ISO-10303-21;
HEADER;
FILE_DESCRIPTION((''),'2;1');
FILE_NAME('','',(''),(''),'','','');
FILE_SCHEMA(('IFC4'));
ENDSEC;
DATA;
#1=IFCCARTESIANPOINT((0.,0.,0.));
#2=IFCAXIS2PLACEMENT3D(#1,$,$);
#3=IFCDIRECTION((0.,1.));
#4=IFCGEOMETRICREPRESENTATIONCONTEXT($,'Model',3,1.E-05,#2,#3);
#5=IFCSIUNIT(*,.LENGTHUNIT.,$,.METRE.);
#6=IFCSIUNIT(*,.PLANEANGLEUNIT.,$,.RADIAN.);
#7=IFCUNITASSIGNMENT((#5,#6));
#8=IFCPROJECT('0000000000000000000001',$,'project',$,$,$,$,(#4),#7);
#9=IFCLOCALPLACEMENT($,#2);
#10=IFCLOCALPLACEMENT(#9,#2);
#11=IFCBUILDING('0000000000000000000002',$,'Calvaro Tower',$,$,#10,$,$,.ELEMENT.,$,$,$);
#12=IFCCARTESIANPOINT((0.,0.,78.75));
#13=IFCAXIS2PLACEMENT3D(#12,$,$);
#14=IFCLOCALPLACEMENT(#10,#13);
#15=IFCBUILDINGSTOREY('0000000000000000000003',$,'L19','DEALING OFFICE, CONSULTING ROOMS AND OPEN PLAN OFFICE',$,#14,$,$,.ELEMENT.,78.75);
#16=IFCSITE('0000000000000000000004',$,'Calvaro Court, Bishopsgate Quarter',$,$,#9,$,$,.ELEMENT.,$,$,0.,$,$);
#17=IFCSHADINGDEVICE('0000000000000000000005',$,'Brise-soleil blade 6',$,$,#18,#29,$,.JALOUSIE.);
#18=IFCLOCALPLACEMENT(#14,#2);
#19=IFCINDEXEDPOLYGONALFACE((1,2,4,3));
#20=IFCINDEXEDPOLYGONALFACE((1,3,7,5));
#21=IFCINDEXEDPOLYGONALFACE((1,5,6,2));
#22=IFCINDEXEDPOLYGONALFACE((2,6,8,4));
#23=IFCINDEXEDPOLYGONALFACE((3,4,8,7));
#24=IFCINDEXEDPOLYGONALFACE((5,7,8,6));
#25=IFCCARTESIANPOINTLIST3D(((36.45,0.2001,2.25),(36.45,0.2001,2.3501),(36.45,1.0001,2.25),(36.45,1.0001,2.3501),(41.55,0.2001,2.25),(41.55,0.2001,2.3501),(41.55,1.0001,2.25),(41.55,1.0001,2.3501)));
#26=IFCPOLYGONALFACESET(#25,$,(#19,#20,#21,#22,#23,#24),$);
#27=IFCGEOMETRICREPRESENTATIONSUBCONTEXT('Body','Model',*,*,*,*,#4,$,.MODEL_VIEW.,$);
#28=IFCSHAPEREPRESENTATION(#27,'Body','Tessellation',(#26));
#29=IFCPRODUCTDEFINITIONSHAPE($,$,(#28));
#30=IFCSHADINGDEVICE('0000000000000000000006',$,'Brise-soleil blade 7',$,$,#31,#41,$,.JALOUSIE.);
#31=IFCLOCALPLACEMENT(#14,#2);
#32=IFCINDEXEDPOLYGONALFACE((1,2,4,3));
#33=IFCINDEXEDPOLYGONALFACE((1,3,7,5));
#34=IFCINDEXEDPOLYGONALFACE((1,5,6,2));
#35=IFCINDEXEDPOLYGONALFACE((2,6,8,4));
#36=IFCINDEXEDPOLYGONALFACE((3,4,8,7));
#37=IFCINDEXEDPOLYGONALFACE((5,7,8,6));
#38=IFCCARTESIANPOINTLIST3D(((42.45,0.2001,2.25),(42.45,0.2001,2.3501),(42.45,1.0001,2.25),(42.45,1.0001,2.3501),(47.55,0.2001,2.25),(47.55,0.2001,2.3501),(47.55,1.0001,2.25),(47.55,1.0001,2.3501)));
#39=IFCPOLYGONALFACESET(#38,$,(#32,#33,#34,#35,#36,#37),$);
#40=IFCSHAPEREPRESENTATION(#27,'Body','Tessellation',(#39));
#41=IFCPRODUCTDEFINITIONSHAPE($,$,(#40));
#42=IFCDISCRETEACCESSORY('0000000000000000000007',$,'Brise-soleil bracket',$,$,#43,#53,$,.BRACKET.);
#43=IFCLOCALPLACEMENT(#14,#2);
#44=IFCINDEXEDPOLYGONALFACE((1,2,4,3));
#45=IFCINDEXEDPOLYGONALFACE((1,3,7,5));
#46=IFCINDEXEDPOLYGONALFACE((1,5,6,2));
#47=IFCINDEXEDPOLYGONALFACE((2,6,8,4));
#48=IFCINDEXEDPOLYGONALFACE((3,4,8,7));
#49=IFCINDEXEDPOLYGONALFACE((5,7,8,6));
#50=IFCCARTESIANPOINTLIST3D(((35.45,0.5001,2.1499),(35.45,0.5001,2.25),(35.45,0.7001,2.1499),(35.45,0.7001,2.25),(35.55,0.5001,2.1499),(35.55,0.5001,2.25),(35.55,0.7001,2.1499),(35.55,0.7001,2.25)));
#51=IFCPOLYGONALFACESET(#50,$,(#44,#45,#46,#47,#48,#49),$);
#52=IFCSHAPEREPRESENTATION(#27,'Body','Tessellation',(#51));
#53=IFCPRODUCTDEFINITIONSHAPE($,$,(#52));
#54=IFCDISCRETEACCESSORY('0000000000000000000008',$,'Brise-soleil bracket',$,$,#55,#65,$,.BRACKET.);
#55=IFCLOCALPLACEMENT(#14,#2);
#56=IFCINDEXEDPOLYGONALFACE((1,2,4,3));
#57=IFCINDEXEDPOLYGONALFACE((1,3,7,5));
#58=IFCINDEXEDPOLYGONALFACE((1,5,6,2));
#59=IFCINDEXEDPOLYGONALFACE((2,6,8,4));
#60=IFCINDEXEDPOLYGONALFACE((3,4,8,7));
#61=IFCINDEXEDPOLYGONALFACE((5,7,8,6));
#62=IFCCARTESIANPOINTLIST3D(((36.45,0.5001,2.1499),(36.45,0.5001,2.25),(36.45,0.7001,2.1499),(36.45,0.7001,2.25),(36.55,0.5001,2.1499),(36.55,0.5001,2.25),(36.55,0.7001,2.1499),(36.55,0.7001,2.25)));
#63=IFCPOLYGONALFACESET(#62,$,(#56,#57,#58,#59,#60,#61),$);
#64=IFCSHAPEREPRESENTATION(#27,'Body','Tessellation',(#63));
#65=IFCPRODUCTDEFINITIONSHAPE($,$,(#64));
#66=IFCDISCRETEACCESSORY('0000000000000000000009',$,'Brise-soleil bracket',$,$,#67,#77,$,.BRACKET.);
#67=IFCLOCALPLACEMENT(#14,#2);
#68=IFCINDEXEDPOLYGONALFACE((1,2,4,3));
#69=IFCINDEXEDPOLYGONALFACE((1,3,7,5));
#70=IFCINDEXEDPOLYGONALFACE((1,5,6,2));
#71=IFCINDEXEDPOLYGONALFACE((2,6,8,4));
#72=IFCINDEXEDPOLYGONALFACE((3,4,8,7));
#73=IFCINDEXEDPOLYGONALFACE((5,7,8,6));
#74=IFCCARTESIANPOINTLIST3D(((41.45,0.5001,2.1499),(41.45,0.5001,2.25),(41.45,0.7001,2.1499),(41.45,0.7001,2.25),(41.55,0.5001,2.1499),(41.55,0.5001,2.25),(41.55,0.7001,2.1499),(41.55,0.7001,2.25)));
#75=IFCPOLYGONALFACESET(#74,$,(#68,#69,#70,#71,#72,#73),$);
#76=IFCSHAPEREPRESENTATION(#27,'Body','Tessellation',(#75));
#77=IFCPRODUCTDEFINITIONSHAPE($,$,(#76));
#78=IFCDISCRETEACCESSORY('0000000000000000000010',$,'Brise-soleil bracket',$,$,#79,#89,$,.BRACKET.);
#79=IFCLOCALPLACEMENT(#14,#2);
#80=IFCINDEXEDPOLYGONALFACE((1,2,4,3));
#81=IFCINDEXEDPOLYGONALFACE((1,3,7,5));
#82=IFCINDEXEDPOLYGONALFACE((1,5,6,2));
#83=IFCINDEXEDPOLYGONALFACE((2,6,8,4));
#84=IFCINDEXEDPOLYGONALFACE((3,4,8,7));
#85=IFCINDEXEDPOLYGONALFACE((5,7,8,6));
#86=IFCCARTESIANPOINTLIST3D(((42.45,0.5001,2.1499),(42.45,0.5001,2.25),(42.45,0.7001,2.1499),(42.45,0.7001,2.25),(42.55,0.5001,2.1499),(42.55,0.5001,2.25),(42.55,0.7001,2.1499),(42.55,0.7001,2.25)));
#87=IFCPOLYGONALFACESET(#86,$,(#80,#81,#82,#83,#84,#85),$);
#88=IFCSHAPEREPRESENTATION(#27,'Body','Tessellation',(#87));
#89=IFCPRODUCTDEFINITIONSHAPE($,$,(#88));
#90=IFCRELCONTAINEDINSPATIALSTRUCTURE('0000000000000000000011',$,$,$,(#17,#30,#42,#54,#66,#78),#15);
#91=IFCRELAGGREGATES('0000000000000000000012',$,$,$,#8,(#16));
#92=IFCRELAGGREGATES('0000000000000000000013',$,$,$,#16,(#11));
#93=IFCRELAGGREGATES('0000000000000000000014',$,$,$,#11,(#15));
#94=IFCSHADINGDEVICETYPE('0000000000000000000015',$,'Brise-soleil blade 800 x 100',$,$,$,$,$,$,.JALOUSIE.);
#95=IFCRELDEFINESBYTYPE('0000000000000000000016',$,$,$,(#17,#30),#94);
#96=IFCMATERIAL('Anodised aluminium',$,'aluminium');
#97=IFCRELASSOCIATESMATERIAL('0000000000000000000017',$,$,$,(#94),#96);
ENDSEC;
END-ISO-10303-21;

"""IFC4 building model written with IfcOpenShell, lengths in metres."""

from ifc_helpers import new_model, si_unit, direction, frame, origin, origin_2d, place, context, subcontext, project, spatial, rectangle, extrude, material, material_profile, profile_set, type_object, element, save


model = new_model("IFC4")

# Units and contexts
model_context = context("Model", 3, precision=1e-05, world=origin(), true_north=direction((0.0, 1.0)))
body_context = subcontext(model_context, "Body", "Model", "MODEL_VIEW")
ifc_project = project(units=[si_unit("LENGTHUNIT", "METRE"), si_unit("PLANEANGLEUNIT", "RADIAN")], contexts=[model_context])

# Site, building, storey
site_placement = place(None, origin())
site = spatial("IfcSite", under=ifc_project, at=site_placement, Name="Calvaro Court, Bishopsgate Quarter", CompositionType="ELEMENT", RefElevation=0.0)
building_placement = place(site_placement, origin())
building = spatial("IfcBuilding", under=site, at=building_placement, Name="Calvaro Tower", CompositionType="ELEMENT")
storey_placement = place(building_placement, frame((0.0, 0.0, 78.75)))
storey = spatial("IfcBuildingStorey", under=building, at=storey_placement, Name="L19", Description="DEALING OFFICE, CONSULTING ROOMS AND OPEN PLAN OFFICE", CompositionType="ELEMENT", Elevation=78.75)

# Shading devices
ifc_material_1 = material(Name="Anodised aluminium", Category="aluminium")
ifc_material_profile_1 = material_profile(ifc_material_1, rectangle(XDim=0.8, YDim=0.1001, at=origin_2d()), Name="Brise-soleil blade 800 x 100")
ifc_profile_set_1 = profile_set([ifc_material_profile_1], Name="Anodised aluminium")
shading_device_type = type_object("IfcShadingDeviceType", Name="Brise-soleil blade 800 x 100", PredefinedType="JALOUSIE", material=ifc_profile_set_1)
for number, where, z_axis, x_axis, name in (
    (1, (36.45, 0.6001, 2.3), (1.0, 0.0, 0.0), (0.0, 1.0, 0.0), "Brise-soleil blade 6"),
    (2, (42.45, 0.6001, 2.3), (1.0, 0.0, 0.0), (0.0, 1.0, 0.0), "Brise-soleil blade 7"),
):
    element("IfcShadingDevice", number, at=place(storey_placement, frame(where, z_axis=z_axis, x_axis=x_axis)), inside=storey, type_object=shading_device_type, Name=name, PredefinedType="JALOUSIE", context=body_context, shape_type="SweptSolid", body=[
        extrude(rectangle(XDim=0.8, YDim=0.1001, at=origin_2d()), origin(), (0.0, 0.0, 1.0), 5.1001),
    ])

# Discrete accessories
for number, where, z_axis, x_axis, name in (
    (3, (35.5, 0.6001, 2.1499), (0.0, 0.0, 1.0), (1.0, 0.0, 0.0), "Brise-soleil bracket"),
    (4, (36.5, 0.6001, 2.1499), (0.0, 0.0, 1.0), (1.0, 0.0, 0.0), "Brise-soleil bracket"),
    (5, (41.5, 0.6001, 2.1499), (0.0, 0.0, 1.0), (1.0, 0.0, 0.0), "Brise-soleil bracket"),
    (6, (42.5, 0.6001, 2.1499), (0.0, 0.0, 1.0), (1.0, 0.0, 0.0), "Brise-soleil bracket"),
):
    element("IfcDiscreteAccessory", number, at=place(storey_placement, frame(where, z_axis=z_axis, x_axis=x_axis)), inside=storey, Name=name, PredefinedType="BRACKET", context=body_context, shape_type="SweptSolid", body=[
        extrude(rectangle(XDim=0.1001, YDim=0.2, at=origin_2d()), origin(), (0.0, 0.0, 1.0), 0.1001),
    ])

save(model, "model.ifc")
